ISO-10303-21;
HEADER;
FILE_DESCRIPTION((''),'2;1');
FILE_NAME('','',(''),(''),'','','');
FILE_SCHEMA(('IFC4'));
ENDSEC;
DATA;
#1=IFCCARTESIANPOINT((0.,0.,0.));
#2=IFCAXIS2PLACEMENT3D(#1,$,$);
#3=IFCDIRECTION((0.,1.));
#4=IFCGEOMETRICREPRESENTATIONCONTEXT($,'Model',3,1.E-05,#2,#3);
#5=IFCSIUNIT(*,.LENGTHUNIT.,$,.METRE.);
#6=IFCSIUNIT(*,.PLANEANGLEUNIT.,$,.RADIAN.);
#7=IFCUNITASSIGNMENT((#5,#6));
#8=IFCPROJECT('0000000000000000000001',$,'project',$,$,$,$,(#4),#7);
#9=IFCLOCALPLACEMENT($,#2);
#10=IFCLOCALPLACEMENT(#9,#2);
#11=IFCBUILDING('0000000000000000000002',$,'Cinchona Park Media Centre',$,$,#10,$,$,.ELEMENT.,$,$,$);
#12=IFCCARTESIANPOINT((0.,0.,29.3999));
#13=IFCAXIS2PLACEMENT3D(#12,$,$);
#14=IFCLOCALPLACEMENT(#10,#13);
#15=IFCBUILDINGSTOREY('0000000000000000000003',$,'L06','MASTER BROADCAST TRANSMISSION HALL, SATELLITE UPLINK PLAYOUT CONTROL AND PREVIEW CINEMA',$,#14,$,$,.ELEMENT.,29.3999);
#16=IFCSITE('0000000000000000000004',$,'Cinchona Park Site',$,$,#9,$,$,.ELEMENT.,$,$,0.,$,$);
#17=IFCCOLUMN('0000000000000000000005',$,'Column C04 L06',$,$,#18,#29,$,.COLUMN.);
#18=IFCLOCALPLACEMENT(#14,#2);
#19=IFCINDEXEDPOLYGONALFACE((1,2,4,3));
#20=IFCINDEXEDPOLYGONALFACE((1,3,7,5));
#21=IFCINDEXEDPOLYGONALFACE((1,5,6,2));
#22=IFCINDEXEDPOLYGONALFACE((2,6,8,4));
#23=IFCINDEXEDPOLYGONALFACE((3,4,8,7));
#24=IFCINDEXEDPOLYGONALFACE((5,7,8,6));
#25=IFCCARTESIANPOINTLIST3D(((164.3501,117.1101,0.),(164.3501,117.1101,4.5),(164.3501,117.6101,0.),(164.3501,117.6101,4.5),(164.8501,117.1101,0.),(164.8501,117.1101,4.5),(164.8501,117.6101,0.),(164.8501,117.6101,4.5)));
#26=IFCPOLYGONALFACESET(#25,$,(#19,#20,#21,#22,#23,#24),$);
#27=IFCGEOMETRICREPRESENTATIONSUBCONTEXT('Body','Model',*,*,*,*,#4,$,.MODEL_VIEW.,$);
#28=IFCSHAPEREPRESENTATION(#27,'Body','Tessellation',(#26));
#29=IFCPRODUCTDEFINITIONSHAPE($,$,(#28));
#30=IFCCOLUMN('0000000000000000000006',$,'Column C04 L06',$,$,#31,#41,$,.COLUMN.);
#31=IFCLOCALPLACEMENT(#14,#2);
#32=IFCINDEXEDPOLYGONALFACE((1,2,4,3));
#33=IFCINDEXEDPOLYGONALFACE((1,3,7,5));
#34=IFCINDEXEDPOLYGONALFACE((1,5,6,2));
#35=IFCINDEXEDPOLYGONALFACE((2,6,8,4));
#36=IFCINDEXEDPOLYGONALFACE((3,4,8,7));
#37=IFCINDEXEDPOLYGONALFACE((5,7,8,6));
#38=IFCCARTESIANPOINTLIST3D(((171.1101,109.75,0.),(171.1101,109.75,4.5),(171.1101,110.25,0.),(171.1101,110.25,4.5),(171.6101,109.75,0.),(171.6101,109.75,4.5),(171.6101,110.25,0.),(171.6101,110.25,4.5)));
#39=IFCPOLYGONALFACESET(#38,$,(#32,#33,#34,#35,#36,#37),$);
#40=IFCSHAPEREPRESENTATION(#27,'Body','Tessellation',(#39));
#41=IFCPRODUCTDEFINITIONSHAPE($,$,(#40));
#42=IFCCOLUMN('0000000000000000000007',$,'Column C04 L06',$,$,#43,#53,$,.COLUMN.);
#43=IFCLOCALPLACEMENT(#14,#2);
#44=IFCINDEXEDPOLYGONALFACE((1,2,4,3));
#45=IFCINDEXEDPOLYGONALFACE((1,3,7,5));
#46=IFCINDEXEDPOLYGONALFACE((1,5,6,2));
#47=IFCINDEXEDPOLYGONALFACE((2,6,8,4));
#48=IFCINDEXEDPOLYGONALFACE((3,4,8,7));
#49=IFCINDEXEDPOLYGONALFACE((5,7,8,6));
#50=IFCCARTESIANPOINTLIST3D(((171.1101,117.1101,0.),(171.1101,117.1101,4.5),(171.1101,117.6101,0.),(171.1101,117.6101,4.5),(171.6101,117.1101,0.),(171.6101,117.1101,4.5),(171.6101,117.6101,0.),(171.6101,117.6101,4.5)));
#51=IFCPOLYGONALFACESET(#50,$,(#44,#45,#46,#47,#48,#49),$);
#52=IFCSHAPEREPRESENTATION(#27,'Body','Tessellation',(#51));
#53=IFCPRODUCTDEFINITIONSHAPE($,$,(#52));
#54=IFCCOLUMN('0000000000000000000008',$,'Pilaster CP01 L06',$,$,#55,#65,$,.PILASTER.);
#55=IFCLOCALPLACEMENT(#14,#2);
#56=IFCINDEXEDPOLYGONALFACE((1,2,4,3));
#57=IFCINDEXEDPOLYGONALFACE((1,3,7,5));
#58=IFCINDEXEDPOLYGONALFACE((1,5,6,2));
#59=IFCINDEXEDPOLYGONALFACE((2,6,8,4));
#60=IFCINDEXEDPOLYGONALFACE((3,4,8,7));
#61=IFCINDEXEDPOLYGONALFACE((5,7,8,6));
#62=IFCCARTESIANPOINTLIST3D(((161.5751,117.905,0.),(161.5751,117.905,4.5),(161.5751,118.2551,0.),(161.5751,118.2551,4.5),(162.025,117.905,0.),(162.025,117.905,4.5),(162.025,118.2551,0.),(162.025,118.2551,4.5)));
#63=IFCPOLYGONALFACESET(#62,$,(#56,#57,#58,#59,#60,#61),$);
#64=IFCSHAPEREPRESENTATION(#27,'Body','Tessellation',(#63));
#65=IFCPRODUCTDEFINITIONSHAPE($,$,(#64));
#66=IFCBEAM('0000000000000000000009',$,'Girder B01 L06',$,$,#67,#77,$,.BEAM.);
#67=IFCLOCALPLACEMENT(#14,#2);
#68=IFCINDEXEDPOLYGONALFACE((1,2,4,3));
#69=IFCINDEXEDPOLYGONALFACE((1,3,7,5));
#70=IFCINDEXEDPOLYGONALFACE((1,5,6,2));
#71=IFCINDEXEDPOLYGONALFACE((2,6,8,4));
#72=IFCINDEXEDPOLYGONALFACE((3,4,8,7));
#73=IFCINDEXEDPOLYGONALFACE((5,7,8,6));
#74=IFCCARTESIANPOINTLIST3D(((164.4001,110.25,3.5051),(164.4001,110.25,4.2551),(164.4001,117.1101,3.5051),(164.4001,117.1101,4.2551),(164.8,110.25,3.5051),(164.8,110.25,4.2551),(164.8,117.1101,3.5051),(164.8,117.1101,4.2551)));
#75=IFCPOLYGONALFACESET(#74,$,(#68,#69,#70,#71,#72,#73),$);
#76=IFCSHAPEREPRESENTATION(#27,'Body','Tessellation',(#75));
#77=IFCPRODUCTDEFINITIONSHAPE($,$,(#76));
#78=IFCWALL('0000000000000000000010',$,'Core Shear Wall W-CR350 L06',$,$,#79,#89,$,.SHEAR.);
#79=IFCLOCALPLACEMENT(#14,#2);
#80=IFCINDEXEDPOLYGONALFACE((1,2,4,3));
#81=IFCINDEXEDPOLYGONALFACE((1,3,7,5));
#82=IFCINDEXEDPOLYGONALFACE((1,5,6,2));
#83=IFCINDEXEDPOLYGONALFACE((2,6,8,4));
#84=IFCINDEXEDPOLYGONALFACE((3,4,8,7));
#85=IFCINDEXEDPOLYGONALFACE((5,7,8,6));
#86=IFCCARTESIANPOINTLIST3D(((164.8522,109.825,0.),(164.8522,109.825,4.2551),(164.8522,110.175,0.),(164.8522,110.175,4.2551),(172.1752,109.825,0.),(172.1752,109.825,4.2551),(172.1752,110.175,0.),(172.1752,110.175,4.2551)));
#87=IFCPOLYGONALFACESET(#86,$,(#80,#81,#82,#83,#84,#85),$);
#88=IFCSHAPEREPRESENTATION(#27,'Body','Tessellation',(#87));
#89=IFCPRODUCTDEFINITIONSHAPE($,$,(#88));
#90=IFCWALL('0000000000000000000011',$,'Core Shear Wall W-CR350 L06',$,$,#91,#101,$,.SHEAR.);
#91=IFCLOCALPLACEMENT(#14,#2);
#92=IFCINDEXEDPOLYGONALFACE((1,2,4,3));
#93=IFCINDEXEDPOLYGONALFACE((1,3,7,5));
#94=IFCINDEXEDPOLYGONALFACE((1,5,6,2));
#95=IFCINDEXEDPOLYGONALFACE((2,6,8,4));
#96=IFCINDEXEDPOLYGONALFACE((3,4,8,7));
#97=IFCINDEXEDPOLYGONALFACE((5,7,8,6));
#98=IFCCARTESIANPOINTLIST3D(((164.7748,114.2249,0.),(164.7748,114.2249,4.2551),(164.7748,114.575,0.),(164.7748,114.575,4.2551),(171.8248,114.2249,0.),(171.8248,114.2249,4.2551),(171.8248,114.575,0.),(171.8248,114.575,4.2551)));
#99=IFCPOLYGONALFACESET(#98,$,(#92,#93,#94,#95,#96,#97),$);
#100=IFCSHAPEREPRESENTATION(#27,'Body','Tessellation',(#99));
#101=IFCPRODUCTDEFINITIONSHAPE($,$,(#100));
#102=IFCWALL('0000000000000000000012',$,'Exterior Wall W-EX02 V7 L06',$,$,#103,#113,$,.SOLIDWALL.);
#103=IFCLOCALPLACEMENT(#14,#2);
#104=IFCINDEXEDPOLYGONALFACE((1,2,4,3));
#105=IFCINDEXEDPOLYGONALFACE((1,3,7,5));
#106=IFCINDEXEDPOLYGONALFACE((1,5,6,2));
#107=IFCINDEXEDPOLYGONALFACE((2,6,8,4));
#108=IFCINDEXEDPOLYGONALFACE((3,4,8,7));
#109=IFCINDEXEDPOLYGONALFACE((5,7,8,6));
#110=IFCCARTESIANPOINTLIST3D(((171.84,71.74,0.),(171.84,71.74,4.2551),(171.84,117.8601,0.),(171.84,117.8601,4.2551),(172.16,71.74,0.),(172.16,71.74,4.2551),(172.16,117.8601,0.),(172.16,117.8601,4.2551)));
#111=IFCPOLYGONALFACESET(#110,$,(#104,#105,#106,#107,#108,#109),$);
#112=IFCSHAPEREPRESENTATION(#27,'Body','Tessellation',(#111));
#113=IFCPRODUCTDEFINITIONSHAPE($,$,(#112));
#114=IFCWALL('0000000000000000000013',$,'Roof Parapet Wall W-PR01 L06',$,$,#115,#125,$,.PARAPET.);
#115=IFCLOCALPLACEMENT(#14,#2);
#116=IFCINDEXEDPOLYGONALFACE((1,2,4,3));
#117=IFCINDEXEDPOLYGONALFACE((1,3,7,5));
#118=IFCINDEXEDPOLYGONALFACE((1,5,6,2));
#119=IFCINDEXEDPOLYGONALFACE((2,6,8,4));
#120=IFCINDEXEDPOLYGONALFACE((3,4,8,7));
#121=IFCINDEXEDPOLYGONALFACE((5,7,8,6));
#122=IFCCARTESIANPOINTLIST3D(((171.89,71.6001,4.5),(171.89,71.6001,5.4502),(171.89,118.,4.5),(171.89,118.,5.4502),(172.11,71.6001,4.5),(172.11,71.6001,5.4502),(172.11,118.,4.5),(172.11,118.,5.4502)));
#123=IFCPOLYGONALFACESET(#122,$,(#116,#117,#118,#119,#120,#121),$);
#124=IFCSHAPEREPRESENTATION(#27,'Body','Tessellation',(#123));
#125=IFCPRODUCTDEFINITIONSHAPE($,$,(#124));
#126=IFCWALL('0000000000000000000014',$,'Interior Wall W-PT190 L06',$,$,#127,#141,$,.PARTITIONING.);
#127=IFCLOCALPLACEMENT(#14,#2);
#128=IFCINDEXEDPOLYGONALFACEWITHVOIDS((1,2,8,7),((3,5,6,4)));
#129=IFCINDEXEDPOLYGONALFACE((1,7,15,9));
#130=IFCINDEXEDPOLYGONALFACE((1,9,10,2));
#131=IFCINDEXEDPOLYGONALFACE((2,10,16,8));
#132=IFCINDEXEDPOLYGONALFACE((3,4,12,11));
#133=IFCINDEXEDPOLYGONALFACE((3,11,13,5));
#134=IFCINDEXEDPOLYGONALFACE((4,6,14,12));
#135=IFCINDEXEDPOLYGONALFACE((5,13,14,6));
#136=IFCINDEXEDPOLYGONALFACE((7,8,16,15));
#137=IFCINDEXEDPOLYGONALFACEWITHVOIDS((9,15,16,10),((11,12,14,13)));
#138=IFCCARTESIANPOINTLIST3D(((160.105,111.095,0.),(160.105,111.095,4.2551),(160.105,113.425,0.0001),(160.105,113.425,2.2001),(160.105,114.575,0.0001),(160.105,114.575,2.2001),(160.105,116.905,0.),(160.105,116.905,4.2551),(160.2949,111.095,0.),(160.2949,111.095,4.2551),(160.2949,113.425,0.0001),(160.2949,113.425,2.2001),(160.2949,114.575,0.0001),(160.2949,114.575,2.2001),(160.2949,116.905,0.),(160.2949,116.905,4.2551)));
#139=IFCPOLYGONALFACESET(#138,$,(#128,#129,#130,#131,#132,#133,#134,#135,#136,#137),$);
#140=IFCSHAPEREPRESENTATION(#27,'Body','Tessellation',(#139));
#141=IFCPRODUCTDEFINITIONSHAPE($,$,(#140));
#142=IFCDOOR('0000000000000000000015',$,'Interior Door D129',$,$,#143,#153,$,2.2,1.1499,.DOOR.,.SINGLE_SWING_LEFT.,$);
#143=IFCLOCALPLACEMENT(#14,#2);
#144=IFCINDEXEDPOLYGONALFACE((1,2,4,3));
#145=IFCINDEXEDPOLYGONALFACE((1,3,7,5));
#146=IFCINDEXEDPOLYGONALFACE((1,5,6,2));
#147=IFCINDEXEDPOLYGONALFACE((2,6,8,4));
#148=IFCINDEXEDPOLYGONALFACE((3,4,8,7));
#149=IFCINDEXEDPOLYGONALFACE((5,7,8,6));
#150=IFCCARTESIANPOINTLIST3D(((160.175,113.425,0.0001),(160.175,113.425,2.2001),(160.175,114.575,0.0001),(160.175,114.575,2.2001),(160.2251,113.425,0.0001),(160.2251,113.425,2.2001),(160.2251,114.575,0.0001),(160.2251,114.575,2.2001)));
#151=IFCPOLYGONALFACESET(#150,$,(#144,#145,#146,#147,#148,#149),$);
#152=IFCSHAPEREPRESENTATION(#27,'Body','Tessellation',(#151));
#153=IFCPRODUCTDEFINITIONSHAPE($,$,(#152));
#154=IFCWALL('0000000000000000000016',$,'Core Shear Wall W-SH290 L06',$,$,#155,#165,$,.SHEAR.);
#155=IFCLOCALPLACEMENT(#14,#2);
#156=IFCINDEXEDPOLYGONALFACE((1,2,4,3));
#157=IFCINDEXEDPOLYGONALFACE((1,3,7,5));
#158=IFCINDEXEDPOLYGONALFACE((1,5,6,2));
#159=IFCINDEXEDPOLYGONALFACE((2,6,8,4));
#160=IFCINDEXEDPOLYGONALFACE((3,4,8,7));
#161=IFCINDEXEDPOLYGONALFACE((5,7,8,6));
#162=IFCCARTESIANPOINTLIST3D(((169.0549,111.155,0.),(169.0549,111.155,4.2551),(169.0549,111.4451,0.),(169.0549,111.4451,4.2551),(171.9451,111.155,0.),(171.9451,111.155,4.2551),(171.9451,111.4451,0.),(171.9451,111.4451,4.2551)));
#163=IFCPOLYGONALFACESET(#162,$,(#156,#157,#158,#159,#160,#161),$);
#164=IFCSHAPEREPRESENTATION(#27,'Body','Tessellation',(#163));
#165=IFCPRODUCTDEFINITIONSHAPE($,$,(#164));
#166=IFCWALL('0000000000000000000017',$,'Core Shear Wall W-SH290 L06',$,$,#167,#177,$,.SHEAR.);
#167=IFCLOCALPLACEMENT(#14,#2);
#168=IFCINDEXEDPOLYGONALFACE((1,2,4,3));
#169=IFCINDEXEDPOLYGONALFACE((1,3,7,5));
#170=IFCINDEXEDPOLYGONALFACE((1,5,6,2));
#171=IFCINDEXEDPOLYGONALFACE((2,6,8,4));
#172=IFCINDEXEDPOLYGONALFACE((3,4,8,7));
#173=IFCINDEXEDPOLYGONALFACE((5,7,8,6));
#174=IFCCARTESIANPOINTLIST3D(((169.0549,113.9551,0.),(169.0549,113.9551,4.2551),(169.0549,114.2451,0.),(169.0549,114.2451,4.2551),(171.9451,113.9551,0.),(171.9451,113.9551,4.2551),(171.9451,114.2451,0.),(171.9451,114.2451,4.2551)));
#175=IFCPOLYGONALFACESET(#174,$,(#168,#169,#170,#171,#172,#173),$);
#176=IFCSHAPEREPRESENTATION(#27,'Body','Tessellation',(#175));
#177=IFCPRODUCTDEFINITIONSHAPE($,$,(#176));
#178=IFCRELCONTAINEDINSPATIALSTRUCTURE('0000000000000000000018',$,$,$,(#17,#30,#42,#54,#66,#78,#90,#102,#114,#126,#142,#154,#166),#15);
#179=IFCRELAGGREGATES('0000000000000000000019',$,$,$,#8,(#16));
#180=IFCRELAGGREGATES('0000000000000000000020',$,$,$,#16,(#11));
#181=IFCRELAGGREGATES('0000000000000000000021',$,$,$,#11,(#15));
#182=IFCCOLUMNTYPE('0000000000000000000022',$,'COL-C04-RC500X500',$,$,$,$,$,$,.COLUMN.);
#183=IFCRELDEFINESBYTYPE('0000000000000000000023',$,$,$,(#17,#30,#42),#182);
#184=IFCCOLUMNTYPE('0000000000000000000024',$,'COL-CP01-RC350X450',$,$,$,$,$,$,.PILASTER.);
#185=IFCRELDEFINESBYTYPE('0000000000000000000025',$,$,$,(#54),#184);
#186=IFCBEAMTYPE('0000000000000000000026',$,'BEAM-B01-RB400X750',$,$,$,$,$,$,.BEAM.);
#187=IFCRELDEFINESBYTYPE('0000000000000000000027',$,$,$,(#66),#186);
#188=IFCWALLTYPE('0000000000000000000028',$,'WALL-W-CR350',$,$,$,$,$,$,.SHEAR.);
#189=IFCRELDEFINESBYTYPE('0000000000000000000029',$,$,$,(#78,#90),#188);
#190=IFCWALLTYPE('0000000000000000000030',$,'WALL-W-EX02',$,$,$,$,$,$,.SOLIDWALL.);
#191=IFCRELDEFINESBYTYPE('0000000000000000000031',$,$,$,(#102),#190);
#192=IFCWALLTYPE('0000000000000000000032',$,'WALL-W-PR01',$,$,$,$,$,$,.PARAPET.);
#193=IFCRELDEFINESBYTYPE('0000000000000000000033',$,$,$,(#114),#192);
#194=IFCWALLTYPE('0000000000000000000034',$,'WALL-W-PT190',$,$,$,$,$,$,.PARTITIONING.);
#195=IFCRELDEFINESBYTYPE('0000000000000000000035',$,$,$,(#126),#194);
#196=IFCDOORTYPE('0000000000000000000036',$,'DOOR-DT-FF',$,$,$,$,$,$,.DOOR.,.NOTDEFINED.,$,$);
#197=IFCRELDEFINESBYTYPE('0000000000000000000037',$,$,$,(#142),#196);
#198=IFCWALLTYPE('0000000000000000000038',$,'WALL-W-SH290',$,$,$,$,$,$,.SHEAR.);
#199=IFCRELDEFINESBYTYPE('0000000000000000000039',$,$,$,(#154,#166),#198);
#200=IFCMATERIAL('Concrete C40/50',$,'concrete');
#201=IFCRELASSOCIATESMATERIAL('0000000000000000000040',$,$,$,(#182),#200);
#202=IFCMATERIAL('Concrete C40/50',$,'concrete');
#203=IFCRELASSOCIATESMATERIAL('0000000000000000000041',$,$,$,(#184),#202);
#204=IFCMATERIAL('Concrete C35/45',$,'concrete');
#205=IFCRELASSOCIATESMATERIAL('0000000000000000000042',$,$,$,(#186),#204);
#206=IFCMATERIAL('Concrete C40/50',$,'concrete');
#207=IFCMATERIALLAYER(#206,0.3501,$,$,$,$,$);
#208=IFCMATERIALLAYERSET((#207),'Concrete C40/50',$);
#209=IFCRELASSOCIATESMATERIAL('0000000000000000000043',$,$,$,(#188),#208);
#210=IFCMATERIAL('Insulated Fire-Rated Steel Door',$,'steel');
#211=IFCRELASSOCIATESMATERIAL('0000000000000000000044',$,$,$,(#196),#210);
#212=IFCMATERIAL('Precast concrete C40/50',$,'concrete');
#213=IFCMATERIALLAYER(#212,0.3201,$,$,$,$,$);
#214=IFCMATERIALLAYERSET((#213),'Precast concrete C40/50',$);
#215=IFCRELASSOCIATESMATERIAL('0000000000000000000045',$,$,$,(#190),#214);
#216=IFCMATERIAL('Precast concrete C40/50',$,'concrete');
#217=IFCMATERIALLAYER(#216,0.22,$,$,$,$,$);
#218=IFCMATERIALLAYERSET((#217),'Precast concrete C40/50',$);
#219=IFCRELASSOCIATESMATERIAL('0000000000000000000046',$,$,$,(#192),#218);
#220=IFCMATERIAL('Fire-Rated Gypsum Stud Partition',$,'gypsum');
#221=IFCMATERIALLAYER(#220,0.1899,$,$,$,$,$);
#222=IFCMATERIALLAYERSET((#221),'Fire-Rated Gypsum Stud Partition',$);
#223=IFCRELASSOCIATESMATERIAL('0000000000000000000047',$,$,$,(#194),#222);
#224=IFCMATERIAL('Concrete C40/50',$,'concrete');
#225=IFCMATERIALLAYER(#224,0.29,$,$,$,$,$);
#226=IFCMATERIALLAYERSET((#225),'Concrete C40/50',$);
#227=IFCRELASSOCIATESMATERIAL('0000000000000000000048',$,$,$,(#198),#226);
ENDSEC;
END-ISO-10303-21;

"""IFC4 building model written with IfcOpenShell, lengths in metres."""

from ifc_helpers import new_model, si_unit, direction, frame, frame_2d, origin, origin_2d, place, context, subcontext, project, spatial, rectangle, extrude, material, layer, layer_set, material_profile, profile_set, type_object, element, fill, save


model = new_model("IFC4")

# Units and contexts
model_context = context("Model", 3, precision=1e-05, world=origin(), true_north=direction((0.0, 1.0)))
body_context = subcontext(model_context, "Body", "Model", "MODEL_VIEW")
ifc_project = project(units=[si_unit("LENGTHUNIT", "METRE"), si_unit("PLANEANGLEUNIT", "RADIAN")], contexts=[model_context])

# Site, building, storey
site_placement = place(None, origin())
site = spatial("IfcSite", under=ifc_project, at=site_placement, Name="Cinchona Park Site", CompositionType="ELEMENT", RefElevation=0.0)
building_placement = place(site_placement, origin())
building = spatial("IfcBuilding", under=site, at=building_placement, Name="Cinchona Park Media Centre", CompositionType="ELEMENT")
storey_placement = place(building_placement, frame((0.0, 0.0, 29.3999)))
storey = spatial("IfcBuildingStorey", under=building, at=storey_placement, Name="L06", Description="MASTER BROADCAST TRANSMISSION HALL, SATELLITE UPLINK PLAYOUT CONTROL AND PREVIEW CINEMA", CompositionType="ELEMENT", Elevation=29.3999)

# Columns
ifc_material_1 = material(Name="Concrete C40/50", Category="concrete")
ifc_material_profile_1 = material_profile(ifc_material_1, rectangle(XDim=0.5, YDim=0.5, at=origin_2d()), Name="RC 500X500")
ifc_profile_set_1 = profile_set([ifc_material_profile_1], Name="Concrete C40/50")
column_type_1 = type_object("IfcColumnType", Name="COL-C04-RC500X500", PredefinedType="COLUMN", material=ifc_profile_set_1)
for number, where, z_axis, x_axis, name in (
    (1, (164.6001, 117.3601, 0.0), (0.0, 0.0, 1.0), (1.0, 0.0, 0.0), "Column C04 L06"),
    (2, (171.3601, 110.0, 0.0), (0.0, 0.0, 1.0), (1.0, 0.0, 0.0), "Column C04 L06"),
    (3, (171.3601, 117.3601, 0.0), (0.0, 0.0, 1.0), (1.0, 0.0, 0.0), "Column C04 L06"),
):
    element("IfcColumn", number, at=place(storey_placement, frame(where, z_axis=z_axis, x_axis=x_axis)), inside=storey, type_object=column_type_1, Name=name, PredefinedType="COLUMN", context=body_context, shape_type="SweptSolid", body=[
        extrude(rectangle(XDim=0.5, YDim=0.5, at=origin_2d()), origin(), (0.0, 0.0, 1.0), 4.5),
    ])
ifc_material_2 = material(Name="Concrete C40/50", Category="concrete")
ifc_material_profile_2 = material_profile(ifc_material_2, rectangle(XDim=0.3501, YDim=0.45, at=origin_2d()), Name="RC 350X450")
ifc_profile_set_2 = profile_set([ifc_material_profile_2], Name="Concrete C40/50")
column_type_2 = type_object("IfcColumnType", Name="COL-CP01-RC350X450", PredefinedType="PILASTER", material=ifc_profile_set_2)
column_placement = place(storey_placement, frame((161.8, 118.0801, 0.0), z_axis=(0.0, 0.0, 1.0), x_axis=(0.0, 1.0, 0.0)))
element("IfcColumn", 4, at=column_placement, inside=storey, type_object=column_type_2, Name="Pilaster CP01 L06", PredefinedType="PILASTER", context=body_context, shape_type="SweptSolid", body=[
    extrude(rectangle(XDim=0.3501, YDim=0.45, at=origin_2d()), origin(), (0.0, 0.0, 1.0), 4.5),
])

# Beam
ifc_material_3 = material(Name="Concrete C35/45", Category="concrete")
ifc_material_profile_3 = material_profile(ifc_material_3, rectangle(XDim=0.3999, YDim=0.75, at=origin_2d()), Name="RB 400X750")
ifc_profile_set_3 = profile_set([ifc_material_profile_3], Name="Concrete C35/45")
beam_type = type_object("IfcBeamType", Name="BEAM-B01-RB400X750", PredefinedType="BEAM", material=ifc_profile_set_3)
beam_placement = place(storey_placement, frame((164.6001, 110.25, 3.8801), z_axis=(0.0, 1.0, 0.0), x_axis=(-1.0, 0.0, 0.0)))
element("IfcBeam", 5, at=beam_placement, inside=storey, type_object=beam_type, Name="Girder B01 L06", PredefinedType="BEAM", context=body_context, shape_type="SweptSolid", body=[
    extrude(rectangle(XDim=0.3999, YDim=0.75, at=origin_2d()), origin(), (0.0, 0.0, 1.0), 6.8601),
])

# Wall
ifc_material_4 = material(Name="Concrete C40/50", Category="concrete")
ifc_layer_1 = layer(ifc_material_4, 0.3501)
ifc_layer_set_1 = layer_set([ifc_layer_1], Name="Concrete C40/50")
wall_type_1 = type_object("IfcWallType", Name="WALL-W-CR350", PredefinedType="SHEAR", material=ifc_layer_set_1)
wall_1_placement = place(storey_placement, frame((164.8521, 110.0, 0.0), z_axis=(0.0, 0.0, 1.0), x_axis=(1.0, 0.0, 0.0)))
element("IfcWall", 6, at=wall_1_placement, inside=storey, type_object=wall_type_1, Name="Core Shear Wall W-CR350 L06", PredefinedType="SHEAR", context=body_context, shape_type="SweptSolid", body=[
    extrude(rectangle(XDim=7.323, YDim=0.3501, at=frame_2d((3.6616, 0.0))), origin(), (0.0, 0.0, 1.0), 4.2551),
])

# Shared definitions
ifc_material_5 = material(Name="Insulated Fire-Rated Steel Door", Category="steel")
door_type_1 = type_object("IfcDoorType", Name="DOOR-DT-FF", OperationType="NOTDEFINED", PredefinedType="DOOR", material=ifc_material_5)

# Walls
wall_2_placement = place(storey_placement, frame((164.7749, 114.3999, 0.0), z_axis=(0.0, 0.0, 1.0), x_axis=(1.0, 0.0, 0.0)))
element("IfcWall", 7, at=wall_2_placement, inside=storey, type_object=wall_type_1, Name="Core Shear Wall W-CR350 L06", PredefinedType="SHEAR", context=body_context, shape_type="SweptSolid", body=[
    extrude(rectangle(XDim=7.05, YDim=0.3501, at=frame_2d((3.5249, 0.0))), origin(), (0.0, 0.0, 1.0), 4.2551),
])
ifc_material_6 = material(Name="Precast concrete C40/50", Category="concrete")
ifc_layer_2 = layer(ifc_material_6, 0.3201)
ifc_layer_set_2 = layer_set([ifc_layer_2], Name="Precast concrete C40/50")
wall_type_2 = type_object("IfcWallType", Name="WALL-W-EX02", PredefinedType="SOLIDWALL", material=ifc_layer_set_2)
wall_3_placement = place(storey_placement, frame((172.0, 117.8601, 0.0), z_axis=(0.0, 0.0, 1.0), x_axis=(0.0, -1.0, 0.0)))
element("IfcWall", 8, at=wall_3_placement, inside=storey, type_object=wall_type_2, Name="Exterior Wall W-EX02 V7 L06", PredefinedType="SOLIDWALL", context=body_context, shape_type="SweptSolid", body=[
    extrude(rectangle(XDim=46.1201, YDim=0.3201, at=frame_2d((23.0601, 0.0))), origin(), (0.0, 0.0, 1.0), 4.2551),
])
ifc_material_7 = material(Name="Precast concrete C40/50", Category="concrete")
ifc_layer_3 = layer(ifc_material_7, 0.22)
ifc_layer_set_3 = layer_set([ifc_layer_3], Name="Precast concrete C40/50")
wall_type_3 = type_object("IfcWallType", Name="WALL-W-PR01", PredefinedType="PARAPET", material=ifc_layer_set_3)
wall_4_placement = place(storey_placement, frame((172.0, 118.0, 4.5), z_axis=(0.0, 0.0, 1.0), x_axis=(0.0, -1.0, 0.0)))
element("IfcWall", 9, at=wall_4_placement, inside=storey, type_object=wall_type_3, Name="Roof Parapet Wall W-PR01 L06", PredefinedType="PARAPET", context=body_context, shape_type="SweptSolid", body=[
    extrude(rectangle(XDim=46.3999, YDim=0.22, at=frame_2d((23.2, 0.0))), origin(), (0.0, 0.0, 1.0), 0.9502),
])

# Wall, opening, door
ifc_material_8 = material(Name="Fire-Rated Gypsum Stud Partition", Category="gypsum")
ifc_layer_4 = layer(ifc_material_8, 0.1899)
ifc_layer_set_4 = layer_set([ifc_layer_4], Name="Fire-Rated Gypsum Stud Partition")
wall_type_4 = type_object("IfcWallType", Name="WALL-W-PT190", PredefinedType="PARTITIONING", material=ifc_layer_set_4)
wall_5_placement = place(storey_placement, frame((160.2, 111.095, 0.0), z_axis=(0.0, 0.0, 1.0), x_axis=(0.0, 1.0, 0.0)))
wall_5 = element("IfcWall", 10, at=wall_5_placement, inside=storey, type_object=wall_type_4, Name="Interior Wall W-PT190 L06", PredefinedType="PARTITIONING", context=body_context, shape_type="SweptSolid", body=[
    extrude(rectangle(XDim=5.8101, YDim=0.1899, at=frame_2d((2.905, 0.0))), origin(), (0.0, 0.0, 1.0), 4.2551),
])
opening_1_placement = place(wall_5_placement, frame((2.3301, 0.0, 0.0)))
opening_1 = element("IfcOpeningElement", 11, at=opening_1_placement, cuts=wall_5, PredefinedType="OPENING", context=body_context, shape_type="SweptSolid", body=[
    extrude(rectangle(XDim=1.1499, YDim=2.2, at=frame_2d((0.575, 1.1001))), frame((0.0, 0.105, 0.0), z_axis=(0.0, -1.0, 0.0), x_axis=(1.0, 0.0, 0.0)), (0.0, 0.0, 1.0), 0.21),
])
door_1_placement = place(opening_1_placement, origin())
door_1 = element("IfcDoor", 12, at=door_1_placement, inside=storey, type_object=door_type_1, Name="Interior Door D129", OperationType="SINGLE_SWING_LEFT", OverallHeight=2.2, OverallWidth=1.1499, PredefinedType="DOOR", context=body_context, shape_type="SweptSolid", body=[
    extrude(rectangle(XDim=1.1499, YDim=2.2, at=frame_2d((0.575, 1.1001))), frame((0.0, 0.0249, 0.0), z_axis=(0.0, -1.0, 0.0), x_axis=(1.0, 0.0, 0.0)), (0.0, 0.0, 1.0), 0.05),
])
fill(opening_1, door_1)

# Walls
ifc_material_9 = material(Name="Concrete C40/50", Category="concrete")
ifc_layer_5 = layer(ifc_material_9, 0.29)
ifc_layer_set_5 = layer_set([ifc_layer_5], Name="Concrete C40/50")
wall_type_5 = type_object("IfcWallType", Name="WALL-W-SH290", PredefinedType="SHEAR", material=ifc_layer_set_5)
for number, where, z_axis, x_axis, name in (
    (13, (169.0549, 111.3, 0.0), (0.0, 0.0, 1.0), (1.0, 0.0, 0.0), "Core Shear Wall W-SH290 L06"),
    (14, (169.0549, 114.1001, 0.0), (0.0, 0.0, 1.0), (1.0, 0.0, 0.0), "Core Shear Wall W-SH290 L06"),
):
    element("IfcWall", number, at=place(storey_placement, frame(where, z_axis=z_axis, x_axis=x_axis)), inside=storey, type_object=wall_type_5, Name=name, PredefinedType="SHEAR", context=body_context, shape_type="SweptSolid", body=[
        extrude(rectangle(XDim=2.8901, YDim=0.29, at=frame_2d((1.4451, 0.0))), origin(), (0.0, 0.0, 1.0), 4.2551),
    ])

save(model, "model.ifc")
